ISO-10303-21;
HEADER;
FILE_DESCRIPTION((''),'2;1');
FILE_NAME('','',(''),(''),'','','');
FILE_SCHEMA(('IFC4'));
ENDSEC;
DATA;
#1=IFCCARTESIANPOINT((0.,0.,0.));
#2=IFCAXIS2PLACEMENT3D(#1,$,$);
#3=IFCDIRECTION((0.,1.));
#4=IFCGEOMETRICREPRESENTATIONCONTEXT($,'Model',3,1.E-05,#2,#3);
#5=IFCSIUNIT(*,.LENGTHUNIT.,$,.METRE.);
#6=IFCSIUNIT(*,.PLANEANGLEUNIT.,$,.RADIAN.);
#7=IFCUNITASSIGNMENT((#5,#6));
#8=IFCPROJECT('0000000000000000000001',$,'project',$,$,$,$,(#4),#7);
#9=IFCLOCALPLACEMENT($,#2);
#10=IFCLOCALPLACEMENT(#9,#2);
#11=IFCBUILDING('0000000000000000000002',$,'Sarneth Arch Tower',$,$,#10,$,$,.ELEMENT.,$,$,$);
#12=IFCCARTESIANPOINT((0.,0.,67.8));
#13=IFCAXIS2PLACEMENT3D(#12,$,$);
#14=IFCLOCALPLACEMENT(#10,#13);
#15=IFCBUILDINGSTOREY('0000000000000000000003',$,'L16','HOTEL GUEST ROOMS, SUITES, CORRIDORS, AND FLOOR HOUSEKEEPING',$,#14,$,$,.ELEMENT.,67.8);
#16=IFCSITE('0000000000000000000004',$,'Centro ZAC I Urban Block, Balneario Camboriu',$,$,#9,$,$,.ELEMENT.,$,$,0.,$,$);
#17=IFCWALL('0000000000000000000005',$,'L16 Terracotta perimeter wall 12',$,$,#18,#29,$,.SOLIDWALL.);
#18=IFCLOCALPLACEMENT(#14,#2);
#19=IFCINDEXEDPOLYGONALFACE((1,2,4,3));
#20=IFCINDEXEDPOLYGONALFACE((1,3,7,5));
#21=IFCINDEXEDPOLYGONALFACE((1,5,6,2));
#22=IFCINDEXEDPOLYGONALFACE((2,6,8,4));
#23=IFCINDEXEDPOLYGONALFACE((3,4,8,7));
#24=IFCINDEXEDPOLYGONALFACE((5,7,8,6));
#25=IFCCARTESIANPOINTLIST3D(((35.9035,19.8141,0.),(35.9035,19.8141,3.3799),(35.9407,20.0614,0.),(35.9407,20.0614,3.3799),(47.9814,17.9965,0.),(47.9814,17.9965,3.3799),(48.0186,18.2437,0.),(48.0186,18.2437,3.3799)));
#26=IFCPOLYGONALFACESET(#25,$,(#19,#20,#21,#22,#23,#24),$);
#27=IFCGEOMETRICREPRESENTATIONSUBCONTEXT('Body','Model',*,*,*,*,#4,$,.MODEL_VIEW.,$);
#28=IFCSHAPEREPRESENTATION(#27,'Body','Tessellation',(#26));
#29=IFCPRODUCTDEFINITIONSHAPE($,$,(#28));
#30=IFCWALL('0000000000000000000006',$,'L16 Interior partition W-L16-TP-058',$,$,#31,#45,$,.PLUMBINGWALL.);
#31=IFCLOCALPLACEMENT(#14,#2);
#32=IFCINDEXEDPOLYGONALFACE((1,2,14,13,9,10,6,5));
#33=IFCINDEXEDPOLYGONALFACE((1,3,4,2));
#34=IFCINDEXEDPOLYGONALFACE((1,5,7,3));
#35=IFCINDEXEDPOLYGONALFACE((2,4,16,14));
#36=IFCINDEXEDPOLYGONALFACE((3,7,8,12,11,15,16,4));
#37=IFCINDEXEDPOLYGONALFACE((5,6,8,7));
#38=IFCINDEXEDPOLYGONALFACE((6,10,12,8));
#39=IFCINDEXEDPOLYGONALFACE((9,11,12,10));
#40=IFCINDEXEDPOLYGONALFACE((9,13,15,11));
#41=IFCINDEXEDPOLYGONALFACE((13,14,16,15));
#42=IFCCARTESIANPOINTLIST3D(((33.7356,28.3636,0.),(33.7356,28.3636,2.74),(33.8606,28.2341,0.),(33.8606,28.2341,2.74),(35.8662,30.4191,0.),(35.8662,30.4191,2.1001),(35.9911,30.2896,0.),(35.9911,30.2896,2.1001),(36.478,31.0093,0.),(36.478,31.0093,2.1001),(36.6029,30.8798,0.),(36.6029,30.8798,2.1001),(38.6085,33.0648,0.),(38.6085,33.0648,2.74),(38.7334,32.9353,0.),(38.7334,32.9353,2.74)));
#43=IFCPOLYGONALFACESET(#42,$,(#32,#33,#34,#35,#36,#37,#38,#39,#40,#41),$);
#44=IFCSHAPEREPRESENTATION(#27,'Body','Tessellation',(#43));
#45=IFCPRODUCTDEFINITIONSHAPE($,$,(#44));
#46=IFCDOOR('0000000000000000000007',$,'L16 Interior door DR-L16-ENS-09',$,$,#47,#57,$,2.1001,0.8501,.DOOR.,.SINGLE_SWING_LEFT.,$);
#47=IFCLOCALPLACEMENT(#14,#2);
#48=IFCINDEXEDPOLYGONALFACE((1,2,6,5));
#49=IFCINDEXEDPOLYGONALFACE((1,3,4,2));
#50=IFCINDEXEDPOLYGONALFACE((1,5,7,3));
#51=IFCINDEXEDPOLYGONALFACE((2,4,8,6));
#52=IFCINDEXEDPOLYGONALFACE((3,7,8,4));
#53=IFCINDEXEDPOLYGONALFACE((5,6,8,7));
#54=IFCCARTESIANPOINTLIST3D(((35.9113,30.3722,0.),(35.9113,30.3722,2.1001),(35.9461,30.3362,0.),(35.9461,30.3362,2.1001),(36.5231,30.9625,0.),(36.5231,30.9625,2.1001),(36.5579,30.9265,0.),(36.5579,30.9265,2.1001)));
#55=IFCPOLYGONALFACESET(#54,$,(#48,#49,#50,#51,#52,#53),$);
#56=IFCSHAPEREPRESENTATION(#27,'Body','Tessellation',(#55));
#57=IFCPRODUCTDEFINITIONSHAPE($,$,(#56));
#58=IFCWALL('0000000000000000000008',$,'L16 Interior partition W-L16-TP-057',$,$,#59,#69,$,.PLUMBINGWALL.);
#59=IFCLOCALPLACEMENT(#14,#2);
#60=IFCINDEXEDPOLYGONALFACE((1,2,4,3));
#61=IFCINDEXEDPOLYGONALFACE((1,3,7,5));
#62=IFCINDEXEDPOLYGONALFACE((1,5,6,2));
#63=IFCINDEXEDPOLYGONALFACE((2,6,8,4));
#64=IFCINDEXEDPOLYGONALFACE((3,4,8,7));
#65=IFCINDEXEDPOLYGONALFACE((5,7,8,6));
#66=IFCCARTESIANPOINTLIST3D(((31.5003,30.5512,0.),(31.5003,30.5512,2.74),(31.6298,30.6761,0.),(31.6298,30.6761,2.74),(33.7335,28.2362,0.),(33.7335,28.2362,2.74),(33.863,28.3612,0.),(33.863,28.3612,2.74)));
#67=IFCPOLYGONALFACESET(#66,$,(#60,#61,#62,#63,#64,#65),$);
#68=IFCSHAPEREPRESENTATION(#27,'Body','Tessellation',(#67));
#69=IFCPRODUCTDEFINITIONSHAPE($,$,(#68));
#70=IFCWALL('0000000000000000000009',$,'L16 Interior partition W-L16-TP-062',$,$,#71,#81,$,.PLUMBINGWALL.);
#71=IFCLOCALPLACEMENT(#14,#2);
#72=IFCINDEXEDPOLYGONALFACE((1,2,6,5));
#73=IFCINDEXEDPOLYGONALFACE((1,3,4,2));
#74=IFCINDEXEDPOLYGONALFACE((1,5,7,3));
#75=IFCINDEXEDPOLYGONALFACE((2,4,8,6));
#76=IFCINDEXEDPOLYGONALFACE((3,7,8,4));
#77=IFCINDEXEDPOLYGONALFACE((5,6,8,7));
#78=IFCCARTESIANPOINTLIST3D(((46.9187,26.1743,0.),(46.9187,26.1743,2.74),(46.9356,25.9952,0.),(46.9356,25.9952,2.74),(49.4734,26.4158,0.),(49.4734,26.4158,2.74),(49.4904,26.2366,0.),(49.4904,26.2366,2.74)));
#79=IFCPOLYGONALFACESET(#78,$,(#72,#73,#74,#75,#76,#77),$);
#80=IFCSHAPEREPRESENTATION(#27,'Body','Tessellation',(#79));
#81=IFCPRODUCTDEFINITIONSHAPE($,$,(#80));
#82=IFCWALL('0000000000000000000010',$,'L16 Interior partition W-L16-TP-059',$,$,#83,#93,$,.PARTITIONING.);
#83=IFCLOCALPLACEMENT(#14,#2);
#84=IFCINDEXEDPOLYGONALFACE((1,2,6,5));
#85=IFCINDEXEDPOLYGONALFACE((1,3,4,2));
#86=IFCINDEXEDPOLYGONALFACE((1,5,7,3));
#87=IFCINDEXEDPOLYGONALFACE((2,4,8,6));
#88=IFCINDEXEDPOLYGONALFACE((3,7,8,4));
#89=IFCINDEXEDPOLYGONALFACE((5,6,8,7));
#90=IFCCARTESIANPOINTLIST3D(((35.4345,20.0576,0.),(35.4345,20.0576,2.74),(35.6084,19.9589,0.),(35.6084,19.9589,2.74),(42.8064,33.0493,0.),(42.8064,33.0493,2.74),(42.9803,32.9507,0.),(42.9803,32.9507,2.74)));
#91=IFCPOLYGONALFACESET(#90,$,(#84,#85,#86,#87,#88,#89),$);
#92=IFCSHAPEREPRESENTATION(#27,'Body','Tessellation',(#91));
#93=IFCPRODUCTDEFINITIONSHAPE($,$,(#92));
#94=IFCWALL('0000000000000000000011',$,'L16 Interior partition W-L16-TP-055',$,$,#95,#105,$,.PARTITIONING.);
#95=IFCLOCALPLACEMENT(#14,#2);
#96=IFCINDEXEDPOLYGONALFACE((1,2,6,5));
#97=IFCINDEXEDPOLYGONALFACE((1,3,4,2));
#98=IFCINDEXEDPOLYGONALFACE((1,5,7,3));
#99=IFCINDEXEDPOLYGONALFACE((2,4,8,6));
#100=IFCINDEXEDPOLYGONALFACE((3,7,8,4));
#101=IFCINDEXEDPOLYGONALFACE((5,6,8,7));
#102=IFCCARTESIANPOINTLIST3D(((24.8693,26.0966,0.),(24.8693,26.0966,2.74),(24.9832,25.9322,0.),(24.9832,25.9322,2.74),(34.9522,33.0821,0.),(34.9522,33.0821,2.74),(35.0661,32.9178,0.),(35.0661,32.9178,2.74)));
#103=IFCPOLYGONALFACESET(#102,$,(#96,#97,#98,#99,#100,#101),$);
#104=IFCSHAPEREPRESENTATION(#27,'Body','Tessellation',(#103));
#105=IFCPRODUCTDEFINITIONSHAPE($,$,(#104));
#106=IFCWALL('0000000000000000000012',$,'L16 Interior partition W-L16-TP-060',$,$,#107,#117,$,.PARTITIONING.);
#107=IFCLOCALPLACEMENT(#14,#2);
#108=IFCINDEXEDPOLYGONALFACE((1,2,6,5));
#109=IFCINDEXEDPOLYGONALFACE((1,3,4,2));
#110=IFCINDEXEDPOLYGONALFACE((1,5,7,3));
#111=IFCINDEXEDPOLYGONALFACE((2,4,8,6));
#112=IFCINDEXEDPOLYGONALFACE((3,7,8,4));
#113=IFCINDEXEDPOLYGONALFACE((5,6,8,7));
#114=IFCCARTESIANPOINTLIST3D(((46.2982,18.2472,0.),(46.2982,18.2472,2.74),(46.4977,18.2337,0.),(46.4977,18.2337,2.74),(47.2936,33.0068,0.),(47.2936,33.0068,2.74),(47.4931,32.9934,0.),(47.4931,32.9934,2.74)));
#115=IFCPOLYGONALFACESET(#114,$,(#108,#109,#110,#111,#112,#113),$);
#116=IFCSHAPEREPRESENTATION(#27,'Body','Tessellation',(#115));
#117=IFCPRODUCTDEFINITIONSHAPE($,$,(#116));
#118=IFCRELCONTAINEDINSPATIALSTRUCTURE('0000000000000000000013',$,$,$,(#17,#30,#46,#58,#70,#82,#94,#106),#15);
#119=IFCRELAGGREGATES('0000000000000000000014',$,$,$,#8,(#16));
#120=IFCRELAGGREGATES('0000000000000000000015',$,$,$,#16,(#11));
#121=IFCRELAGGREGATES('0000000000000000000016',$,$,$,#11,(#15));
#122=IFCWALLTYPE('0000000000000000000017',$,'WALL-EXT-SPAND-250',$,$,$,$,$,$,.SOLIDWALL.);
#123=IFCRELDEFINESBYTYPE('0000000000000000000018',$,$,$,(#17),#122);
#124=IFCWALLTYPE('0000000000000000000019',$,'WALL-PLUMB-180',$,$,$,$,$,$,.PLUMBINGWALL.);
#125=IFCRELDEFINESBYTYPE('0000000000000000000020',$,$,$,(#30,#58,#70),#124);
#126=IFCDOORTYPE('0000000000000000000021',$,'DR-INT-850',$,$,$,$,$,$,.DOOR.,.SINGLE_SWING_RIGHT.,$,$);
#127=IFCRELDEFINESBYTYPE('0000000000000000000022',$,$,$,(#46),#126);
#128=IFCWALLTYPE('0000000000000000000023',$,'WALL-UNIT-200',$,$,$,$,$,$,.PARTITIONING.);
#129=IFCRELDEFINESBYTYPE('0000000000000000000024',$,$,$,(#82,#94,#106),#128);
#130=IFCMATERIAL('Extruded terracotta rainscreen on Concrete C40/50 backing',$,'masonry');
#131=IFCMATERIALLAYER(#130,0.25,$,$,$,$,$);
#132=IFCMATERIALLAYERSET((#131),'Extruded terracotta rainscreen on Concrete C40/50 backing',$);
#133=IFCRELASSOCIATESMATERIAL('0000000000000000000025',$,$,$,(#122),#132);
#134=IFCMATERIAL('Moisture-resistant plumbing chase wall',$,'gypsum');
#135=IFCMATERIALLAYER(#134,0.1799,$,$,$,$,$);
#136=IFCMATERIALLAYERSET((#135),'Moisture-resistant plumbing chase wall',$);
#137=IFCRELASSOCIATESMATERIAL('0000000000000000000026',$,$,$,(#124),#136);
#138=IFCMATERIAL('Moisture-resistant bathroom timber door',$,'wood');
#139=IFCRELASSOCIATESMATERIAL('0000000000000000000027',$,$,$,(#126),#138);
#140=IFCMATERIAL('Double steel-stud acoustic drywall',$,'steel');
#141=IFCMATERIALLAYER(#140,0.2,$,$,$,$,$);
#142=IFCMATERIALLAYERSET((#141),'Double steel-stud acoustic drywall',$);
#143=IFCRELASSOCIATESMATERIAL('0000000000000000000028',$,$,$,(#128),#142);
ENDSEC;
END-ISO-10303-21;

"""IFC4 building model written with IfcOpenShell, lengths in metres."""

from ifc_helpers import new_model, si_unit, direction, frame, frame_2d, origin, place, context, subcontext, project, spatial, rectangle, extrude, material, layer, layer_set, type_object, element, fill, save


model = new_model("IFC4")

# Units and contexts
model_context = context("Model", 3, precision=1e-05, world=origin(), true_north=direction((0.0, 1.0)))
body_context = subcontext(model_context, "Body", "Model", "MODEL_VIEW")
ifc_project = project(units=[si_unit("LENGTHUNIT", "METRE"), si_unit("PLANEANGLEUNIT", "RADIAN")], contexts=[model_context])

# Site, building, storey
site_placement = place(None, origin())
site = spatial("IfcSite", under=ifc_project, at=site_placement, Name="Centro ZAC I Urban Block, Balneario Camboriu", CompositionType="ELEMENT", RefElevation=0.0)
building_placement = place(site_placement, origin())
building = spatial("IfcBuilding", under=site, at=building_placement, Name="Sarneth Arch Tower", CompositionType="ELEMENT")
storey_placement = place(building_placement, frame((0.0, 0.0, 67.8)))
storey = spatial("IfcBuildingStorey", under=building, at=storey_placement, Name="L16", Description="HOTEL GUEST ROOMS, SUITES, CORRIDORS, AND FLOOR HOUSEKEEPING", CompositionType="ELEMENT", Elevation=67.8)

# Wall
ifc_material_1 = material(Name="Extruded terracotta rainscreen on Concrete C40/50 backing", Category="masonry")
ifc_layer_1 = layer(ifc_material_1, 0.25)
ifc_layer_set_1 = layer_set([ifc_layer_1], Name="Extruded terracotta rainscreen on Concrete C40/50 backing")
wall_type_1 = type_object("IfcWallType", Name="WALL-EXT-SPAND-250", PredefinedType="SOLIDWALL", material=ifc_layer_set_1)
wall_1_placement = place(storey_placement, frame((35.9221, 19.9377, 0.0), z_axis=(0.0, 0.0, 1.0), x_axis=(0.988865, -0.148816, 0.0)))
element("IfcWall", 1, at=wall_1_placement, inside=storey, type_object=wall_type_1, Name="L16 Terracotta perimeter wall 12", PredefinedType="SOLIDWALL", context=body_context, shape_type="SweptSolid", body=[
    extrude(rectangle(XDim=12.2139, YDim=0.25, at=frame_2d((6.1069, 0.0))), origin(), (0.0, 0.0, 1.0), 3.3799),
])

# Wall, opening, door
ifc_material_2 = material(Name="Moisture-resistant plumbing chase wall", Category="gypsum")
ifc_layer_2 = layer(ifc_material_2, 0.1799)
ifc_layer_set_2 = layer_set([ifc_layer_2], Name="Moisture-resistant plumbing chase wall")
wall_type_2 = type_object("IfcWallType", Name="WALL-PLUMB-180", PredefinedType="PLUMBINGWALL", material=ifc_layer_set_2)
wall_2_placement = place(storey_placement, frame((33.7981, 28.2988, 0.0), z_axis=(0.0, 0.0, 1.0), x_axis=(0.719667, 0.694319, 0.0)))
wall_2 = element("IfcWall", 2, at=wall_2_placement, inside=storey, type_object=wall_type_2, Name="L16 Interior partition W-L16-TP-058", PredefinedType="PLUMBINGWALL", context=body_context, shape_type="SweptSolid", body=[
    extrude(rectangle(XDim=6.771, YDim=0.1799, at=frame_2d((3.3855, 0.0))), origin(), (0.0, 0.0, 1.0), 2.74),
])
opening_1_placement = place(wall_2_placement, frame((2.9604, 0.0, 0.0)))
opening_1 = element("IfcOpeningElement", 3, at=opening_1_placement, cuts=wall_2, PredefinedType="OPENING", context=body_context, shape_type="SweptSolid", body=[
    extrude(rectangle(XDim=0.8501, YDim=2.1001, at=frame_2d((0.425, 1.05))), frame((0.0, 0.0999, 0.0), z_axis=(0.0, -1.0, 0.0), x_axis=(1.0, 0.0, 0.0)), (0.0, 0.0, 1.0), 0.2),
])
ifc_material_3 = material(Name="Moisture-resistant bathroom timber door", Category="wood")
door_type_1 = type_object("IfcDoorType", Name="DR-INT-850", OperationType="SINGLE_SWING_RIGHT", PredefinedType="DOOR", material=ifc_material_3)
door_1_placement = place(opening_1_placement, origin())
door_1 = element("IfcDoor", 4, at=door_1_placement, inside=storey, type_object=door_type_1, Name="L16 Interior door DR-L16-ENS-09", OperationType="SINGLE_SWING_LEFT", OverallHeight=2.1001, OverallWidth=0.8501, PredefinedType="DOOR", context=body_context, shape_type="SweptSolid", body=[
    extrude(rectangle(XDim=0.8501, YDim=2.1001, at=frame_2d((0.425, 1.05))), frame((0.0, 0.0249, 0.0), z_axis=(0.0, -1.0, 0.0), x_axis=(1.0, 0.0, 0.0)), (0.0, 0.0, 1.0), 0.05),
])
fill(opening_1, door_1)

# Walls
wall_3_placement = place(storey_placement, frame((31.5649, 30.6138, 0.0), z_axis=(0.0, 0.0, 1.0), x_axis=(0.694279, -0.719706, 0.0)))
element("IfcWall", 5, at=wall_3_placement, inside=storey, type_object=wall_type_2, Name="L16 Interior partition W-L16-TP-057", PredefinedType="PLUMBINGWALL", context=body_context, shape_type="SweptSolid", body=[
    extrude(rectangle(XDim=3.2166, YDim=0.1799, at=frame_2d((1.6084, 0.0))), origin(), (0.0, 0.0, 1.0), 2.74),
])
wall_4_placement = place(storey_placement, frame((46.927, 26.0847, 0.0), z_axis=(0.0, 0.0, 1.0), x_axis=(0.995563, 0.094095, 0.0)))
element("IfcWall", 6, at=wall_4_placement, inside=storey, type_object=wall_type_2, Name="L16 Interior partition W-L16-TP-062", PredefinedType="PLUMBINGWALL", context=body_context, shape_type="SweptSolid", body=[
    extrude(rectangle(XDim=2.5662, YDim=0.1799, at=frame_2d((1.2832, 0.0))), origin(), (0.0, 0.0, 1.0), 2.74),
])
ifc_material_4 = material(Name="Double steel-stud acoustic drywall", Category="steel")
ifc_layer_3 = layer(ifc_material_4, 0.2)
ifc_layer_set_3 = layer_set([ifc_layer_3], Name="Double steel-stud acoustic drywall")
wall_type_3 = type_object("IfcWallType", Name="WALL-UNIT-200", PredefinedType="PARTITIONING", material=ifc_layer_set_3)
wall_5_placement = place(storey_placement, frame((42.8933, 33.0, 0.0), z_axis=(0.0, 0.0, 1.0), x_axis=(-0.493512, -0.869739, 0.0)))
element("IfcWall", 7, at=wall_5_placement, inside=storey, type_object=wall_type_3, Name="L16 Interior partition W-L16-TP-059", PredefinedType="PARTITIONING", context=body_context, shape_type="SweptSolid", body=[
    extrude(rectangle(XDim=14.9375, YDim=0.2, at=frame_2d((7.4688, 0.0))), origin(), (0.0, 0.0, 1.0), 2.74),
])
wall_6_placement = place(storey_placement, frame((35.0093, 33.0, 0.0), z_axis=(0.0, 0.0, 1.0), x_axis=(-0.821999, -0.569488, 0.0)))
element("IfcWall", 8, at=wall_6_placement, inside=storey, type_object=wall_type_3, Name="L16 Interior partition W-L16-TP-055", PredefinedType="PARTITIONING", context=body_context, shape_type="SweptSolid", body=[
    extrude(rectangle(XDim=12.2664, YDim=0.2, at=frame_2d((6.1333, 0.0))), origin(), (0.0, 0.0, 1.0), 2.74),
])
wall_7_placement = place(storey_placement, frame((47.3933, 33.0, 0.0), z_axis=(0.0, 0.0, 1.0), x_axis=(-0.067285, -0.997734, 0.0)))
element("IfcWall", 9, at=wall_7_placement, inside=storey, type_object=wall_type_3, Name="L16 Interior partition W-L16-TP-060", PredefinedType="PARTITIONING", context=body_context, shape_type="SweptSolid", body=[
    extrude(rectangle(XDim=14.7932, YDim=0.2, at=frame_2d((7.3965, 0.0))), origin(), (0.0, 0.0, 1.0), 2.74),
])

save(model, "model.ifc")
